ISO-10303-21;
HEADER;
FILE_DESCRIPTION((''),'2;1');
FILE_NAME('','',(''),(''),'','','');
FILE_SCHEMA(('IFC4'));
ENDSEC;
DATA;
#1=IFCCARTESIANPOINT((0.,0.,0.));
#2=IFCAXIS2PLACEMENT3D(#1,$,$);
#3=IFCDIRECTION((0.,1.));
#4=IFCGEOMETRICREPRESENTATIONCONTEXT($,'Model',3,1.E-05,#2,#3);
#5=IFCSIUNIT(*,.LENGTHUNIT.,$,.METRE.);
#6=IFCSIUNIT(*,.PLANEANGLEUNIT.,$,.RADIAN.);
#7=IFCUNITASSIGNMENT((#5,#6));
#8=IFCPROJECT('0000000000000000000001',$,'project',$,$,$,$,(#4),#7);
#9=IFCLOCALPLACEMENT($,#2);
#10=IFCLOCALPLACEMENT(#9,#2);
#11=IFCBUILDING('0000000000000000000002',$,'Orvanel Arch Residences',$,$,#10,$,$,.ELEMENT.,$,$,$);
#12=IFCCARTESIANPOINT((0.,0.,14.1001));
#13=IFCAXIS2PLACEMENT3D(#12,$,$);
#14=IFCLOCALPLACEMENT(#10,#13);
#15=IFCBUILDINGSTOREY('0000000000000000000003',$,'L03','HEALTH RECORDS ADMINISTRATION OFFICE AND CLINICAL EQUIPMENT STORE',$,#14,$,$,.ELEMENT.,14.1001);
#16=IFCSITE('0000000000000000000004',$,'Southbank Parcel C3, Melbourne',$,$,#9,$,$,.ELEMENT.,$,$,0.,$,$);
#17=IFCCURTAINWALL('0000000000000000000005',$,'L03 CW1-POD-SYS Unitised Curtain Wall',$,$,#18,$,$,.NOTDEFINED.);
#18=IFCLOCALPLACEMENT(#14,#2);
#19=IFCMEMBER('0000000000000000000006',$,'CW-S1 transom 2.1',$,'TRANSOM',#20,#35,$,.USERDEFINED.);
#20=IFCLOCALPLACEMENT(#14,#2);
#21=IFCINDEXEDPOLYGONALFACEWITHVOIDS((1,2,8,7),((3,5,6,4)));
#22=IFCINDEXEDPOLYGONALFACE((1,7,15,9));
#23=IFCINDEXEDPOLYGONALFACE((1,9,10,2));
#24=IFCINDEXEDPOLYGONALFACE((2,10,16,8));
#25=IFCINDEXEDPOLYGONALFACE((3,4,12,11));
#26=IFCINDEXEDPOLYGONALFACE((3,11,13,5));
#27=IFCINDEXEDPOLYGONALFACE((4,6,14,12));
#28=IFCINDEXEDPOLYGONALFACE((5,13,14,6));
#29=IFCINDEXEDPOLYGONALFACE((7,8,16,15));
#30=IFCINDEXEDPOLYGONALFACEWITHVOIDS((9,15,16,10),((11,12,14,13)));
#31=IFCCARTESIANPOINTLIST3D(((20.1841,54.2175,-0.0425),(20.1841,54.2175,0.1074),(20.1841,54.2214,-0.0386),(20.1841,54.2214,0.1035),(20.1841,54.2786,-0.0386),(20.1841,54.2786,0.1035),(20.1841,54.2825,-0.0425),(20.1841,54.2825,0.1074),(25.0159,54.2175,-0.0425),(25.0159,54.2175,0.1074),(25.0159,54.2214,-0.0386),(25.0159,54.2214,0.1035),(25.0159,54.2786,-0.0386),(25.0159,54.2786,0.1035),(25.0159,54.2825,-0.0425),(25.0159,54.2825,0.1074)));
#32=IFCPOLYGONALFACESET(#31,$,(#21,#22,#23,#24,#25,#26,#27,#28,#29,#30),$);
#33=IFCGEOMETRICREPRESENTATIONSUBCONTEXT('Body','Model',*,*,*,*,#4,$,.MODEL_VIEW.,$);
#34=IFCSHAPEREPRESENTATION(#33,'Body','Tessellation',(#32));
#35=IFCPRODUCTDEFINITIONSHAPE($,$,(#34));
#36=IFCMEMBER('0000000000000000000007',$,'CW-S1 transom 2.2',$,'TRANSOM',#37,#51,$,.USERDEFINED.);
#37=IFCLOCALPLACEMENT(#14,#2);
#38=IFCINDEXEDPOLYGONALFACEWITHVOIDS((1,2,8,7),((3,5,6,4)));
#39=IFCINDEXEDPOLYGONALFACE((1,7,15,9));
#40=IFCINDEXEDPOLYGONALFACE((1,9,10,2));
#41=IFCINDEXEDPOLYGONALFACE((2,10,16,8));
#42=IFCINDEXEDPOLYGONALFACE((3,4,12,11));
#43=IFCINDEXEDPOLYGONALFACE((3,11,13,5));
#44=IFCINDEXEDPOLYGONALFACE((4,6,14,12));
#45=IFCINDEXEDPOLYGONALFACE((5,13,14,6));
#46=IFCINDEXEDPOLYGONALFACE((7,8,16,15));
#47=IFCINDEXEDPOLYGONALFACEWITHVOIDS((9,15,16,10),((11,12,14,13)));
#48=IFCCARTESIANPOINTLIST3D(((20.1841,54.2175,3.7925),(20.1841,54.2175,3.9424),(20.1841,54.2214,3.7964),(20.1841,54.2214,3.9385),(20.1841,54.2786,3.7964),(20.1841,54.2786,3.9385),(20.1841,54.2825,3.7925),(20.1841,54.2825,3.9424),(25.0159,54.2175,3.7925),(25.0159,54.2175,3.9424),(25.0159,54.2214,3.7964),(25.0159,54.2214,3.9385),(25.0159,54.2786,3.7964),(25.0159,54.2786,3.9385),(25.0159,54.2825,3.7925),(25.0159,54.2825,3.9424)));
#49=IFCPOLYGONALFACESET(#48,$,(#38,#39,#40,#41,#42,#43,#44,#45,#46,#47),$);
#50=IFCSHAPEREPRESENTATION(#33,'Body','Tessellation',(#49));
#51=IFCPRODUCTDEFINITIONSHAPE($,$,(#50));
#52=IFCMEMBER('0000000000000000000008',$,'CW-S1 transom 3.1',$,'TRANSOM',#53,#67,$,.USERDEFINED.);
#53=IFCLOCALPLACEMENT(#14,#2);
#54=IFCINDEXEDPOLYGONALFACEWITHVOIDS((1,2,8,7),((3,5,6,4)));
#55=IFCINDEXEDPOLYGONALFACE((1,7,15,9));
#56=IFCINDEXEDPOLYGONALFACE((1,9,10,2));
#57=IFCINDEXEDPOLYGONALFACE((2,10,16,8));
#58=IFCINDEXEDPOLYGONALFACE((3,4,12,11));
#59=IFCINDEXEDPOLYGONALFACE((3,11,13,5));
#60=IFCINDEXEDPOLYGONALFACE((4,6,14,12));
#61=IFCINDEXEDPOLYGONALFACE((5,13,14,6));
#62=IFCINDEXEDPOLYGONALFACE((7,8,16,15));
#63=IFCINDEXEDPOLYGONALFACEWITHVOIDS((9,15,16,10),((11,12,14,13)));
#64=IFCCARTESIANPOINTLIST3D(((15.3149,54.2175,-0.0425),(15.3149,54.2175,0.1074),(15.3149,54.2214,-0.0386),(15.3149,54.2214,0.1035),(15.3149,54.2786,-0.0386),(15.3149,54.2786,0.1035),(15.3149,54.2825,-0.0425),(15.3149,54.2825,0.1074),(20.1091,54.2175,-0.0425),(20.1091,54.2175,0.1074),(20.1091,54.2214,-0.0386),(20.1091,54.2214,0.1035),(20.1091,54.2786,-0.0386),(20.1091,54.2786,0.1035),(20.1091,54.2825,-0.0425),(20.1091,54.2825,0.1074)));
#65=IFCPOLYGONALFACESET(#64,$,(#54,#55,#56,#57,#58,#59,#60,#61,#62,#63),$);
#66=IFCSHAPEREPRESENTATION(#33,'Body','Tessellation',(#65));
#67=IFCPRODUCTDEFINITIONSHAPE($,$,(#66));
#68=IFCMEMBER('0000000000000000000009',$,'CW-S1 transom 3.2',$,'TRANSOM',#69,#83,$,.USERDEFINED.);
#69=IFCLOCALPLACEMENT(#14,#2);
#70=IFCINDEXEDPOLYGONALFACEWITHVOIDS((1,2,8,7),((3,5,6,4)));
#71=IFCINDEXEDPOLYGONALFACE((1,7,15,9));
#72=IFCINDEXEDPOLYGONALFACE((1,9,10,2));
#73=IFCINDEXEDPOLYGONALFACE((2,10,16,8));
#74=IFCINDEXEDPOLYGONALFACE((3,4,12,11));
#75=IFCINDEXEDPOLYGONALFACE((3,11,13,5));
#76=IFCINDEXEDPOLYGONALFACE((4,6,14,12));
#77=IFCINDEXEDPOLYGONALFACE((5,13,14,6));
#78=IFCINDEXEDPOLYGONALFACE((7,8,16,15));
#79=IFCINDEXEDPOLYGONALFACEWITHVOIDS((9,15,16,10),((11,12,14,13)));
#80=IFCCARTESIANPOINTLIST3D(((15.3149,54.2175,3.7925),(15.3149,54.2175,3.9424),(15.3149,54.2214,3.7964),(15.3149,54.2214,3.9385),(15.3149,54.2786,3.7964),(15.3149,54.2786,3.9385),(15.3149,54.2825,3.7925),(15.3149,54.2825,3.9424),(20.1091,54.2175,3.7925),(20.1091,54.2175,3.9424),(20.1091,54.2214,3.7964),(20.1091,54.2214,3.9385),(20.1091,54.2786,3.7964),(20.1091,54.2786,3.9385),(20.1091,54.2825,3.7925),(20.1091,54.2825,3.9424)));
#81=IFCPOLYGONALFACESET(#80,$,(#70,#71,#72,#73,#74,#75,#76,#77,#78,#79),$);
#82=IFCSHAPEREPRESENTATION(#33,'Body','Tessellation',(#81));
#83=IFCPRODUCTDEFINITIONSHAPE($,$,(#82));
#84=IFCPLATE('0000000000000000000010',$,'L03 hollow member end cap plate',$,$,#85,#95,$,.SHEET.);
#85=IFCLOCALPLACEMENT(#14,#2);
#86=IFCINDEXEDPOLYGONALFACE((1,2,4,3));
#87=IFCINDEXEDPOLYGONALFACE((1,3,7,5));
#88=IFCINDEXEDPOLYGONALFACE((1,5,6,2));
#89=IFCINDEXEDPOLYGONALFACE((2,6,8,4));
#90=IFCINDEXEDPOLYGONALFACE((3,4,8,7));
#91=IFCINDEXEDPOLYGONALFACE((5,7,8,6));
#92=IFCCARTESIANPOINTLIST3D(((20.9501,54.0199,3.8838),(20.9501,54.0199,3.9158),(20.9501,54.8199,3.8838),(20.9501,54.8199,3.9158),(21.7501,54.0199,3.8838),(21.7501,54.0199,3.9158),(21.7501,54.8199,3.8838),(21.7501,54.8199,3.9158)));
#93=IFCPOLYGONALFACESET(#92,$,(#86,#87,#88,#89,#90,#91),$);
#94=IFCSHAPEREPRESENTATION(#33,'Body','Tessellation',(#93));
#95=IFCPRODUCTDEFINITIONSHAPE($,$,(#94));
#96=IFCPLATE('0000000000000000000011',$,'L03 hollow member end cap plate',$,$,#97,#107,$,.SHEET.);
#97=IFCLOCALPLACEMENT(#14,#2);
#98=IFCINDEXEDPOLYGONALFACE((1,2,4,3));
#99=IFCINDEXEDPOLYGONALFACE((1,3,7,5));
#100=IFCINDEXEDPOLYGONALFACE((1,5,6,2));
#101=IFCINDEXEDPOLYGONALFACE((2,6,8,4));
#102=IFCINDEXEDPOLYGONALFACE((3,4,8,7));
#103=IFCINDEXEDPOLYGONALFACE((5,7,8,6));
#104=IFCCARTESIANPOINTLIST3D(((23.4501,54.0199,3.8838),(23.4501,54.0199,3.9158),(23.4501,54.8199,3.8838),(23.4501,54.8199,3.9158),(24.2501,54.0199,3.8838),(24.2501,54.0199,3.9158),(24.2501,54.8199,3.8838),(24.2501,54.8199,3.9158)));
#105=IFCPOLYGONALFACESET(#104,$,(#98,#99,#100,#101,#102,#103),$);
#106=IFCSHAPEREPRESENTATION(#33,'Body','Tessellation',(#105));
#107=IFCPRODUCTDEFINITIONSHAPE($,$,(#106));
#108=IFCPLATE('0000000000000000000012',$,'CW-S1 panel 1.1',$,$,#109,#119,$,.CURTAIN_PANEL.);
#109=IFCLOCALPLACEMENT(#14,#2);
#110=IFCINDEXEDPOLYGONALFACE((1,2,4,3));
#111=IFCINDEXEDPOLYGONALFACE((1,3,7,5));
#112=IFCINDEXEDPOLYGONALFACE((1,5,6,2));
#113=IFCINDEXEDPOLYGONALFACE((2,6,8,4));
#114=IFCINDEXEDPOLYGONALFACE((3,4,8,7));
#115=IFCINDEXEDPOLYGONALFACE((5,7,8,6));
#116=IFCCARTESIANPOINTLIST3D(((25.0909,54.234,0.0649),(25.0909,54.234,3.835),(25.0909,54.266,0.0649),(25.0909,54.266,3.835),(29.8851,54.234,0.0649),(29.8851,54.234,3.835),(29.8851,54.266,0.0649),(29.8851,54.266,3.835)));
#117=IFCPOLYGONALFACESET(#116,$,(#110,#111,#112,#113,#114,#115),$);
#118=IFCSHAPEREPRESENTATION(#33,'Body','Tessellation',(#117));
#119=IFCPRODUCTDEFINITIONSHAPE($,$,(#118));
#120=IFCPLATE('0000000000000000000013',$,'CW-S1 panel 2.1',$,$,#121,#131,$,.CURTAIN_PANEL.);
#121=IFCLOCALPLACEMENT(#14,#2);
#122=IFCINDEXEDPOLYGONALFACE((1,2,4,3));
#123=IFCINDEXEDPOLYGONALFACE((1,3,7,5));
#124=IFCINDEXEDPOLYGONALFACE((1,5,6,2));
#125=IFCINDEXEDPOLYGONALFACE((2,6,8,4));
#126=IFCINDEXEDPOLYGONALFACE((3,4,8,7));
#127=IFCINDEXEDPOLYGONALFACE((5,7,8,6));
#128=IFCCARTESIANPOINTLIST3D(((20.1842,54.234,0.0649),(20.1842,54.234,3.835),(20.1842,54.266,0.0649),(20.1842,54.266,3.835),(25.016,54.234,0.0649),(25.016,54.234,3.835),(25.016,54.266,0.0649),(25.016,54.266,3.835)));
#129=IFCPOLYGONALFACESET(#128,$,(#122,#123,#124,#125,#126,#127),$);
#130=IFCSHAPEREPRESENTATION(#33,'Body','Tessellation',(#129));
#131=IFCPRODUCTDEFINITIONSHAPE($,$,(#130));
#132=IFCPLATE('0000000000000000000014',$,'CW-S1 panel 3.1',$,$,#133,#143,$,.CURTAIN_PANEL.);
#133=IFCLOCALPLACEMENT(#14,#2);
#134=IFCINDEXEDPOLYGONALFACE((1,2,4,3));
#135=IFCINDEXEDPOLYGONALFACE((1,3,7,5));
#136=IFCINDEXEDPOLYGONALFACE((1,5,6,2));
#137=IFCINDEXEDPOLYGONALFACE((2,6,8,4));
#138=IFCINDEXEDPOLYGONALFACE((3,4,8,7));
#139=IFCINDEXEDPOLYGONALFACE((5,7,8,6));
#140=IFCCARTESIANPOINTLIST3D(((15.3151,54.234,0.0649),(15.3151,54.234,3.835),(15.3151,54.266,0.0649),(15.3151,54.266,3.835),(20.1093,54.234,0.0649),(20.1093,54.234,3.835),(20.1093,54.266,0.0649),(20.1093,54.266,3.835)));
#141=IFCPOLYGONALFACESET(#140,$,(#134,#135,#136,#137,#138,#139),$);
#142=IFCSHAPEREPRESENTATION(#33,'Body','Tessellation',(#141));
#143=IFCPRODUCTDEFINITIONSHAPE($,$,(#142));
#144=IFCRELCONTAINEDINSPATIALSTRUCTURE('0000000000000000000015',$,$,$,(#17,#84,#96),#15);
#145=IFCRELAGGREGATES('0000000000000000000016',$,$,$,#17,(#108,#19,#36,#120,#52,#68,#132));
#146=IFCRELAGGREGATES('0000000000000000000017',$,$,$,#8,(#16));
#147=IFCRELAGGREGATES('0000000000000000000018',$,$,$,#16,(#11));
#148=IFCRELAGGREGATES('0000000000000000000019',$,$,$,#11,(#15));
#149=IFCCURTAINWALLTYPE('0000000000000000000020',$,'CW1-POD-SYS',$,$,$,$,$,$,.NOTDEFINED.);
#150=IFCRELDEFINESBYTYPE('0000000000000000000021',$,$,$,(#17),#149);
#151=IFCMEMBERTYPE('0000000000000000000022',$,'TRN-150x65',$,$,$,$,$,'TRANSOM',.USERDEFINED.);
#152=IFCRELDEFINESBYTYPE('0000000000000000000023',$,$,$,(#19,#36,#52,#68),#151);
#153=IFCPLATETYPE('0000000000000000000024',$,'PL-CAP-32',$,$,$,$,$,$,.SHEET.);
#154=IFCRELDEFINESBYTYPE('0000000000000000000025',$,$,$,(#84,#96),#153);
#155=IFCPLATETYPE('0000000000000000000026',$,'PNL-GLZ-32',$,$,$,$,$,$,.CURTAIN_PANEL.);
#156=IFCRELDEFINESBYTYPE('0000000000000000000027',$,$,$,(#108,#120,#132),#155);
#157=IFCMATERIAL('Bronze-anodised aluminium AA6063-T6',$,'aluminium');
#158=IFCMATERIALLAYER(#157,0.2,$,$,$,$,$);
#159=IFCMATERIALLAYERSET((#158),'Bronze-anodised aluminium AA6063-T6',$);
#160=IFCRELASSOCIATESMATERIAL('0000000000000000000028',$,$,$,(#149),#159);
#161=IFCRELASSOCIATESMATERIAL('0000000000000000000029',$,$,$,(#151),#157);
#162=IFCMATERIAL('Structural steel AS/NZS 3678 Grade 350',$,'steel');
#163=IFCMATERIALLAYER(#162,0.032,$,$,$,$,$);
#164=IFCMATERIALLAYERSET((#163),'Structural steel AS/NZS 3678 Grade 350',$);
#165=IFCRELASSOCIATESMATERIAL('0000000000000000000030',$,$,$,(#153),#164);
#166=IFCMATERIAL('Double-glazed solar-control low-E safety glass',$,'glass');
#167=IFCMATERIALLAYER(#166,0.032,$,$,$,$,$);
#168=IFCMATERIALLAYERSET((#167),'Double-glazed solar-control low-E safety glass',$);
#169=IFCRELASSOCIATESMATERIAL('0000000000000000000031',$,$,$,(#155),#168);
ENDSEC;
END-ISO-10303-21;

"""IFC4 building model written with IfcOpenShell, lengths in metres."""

from ifc_helpers import new_model, si_unit, direction, frame, origin, origin_2d, place, context, subcontext, project, spatial, rectangle, hollow_rectangle, extrude, material, layer, layer_set, material_profile, profile_set, type_object, element, aggregate, save


model = new_model("IFC4")

# Units and contexts
model_context = context("Model", 3, precision=1e-05, world=origin(), true_north=direction((0.0, 1.0)))
body_context = subcontext(model_context, "Body", "Model", "MODEL_VIEW")
ifc_project = project(units=[si_unit("LENGTHUNIT", "METRE"), si_unit("PLANEANGLEUNIT", "RADIAN")], contexts=[model_context])

# Site, building, storey
site_placement = place(None, origin())
site = spatial("IfcSite", under=ifc_project, at=site_placement, Name="Southbank Parcel C3, Melbourne", CompositionType="ELEMENT", RefElevation=0.0)
building_placement = place(site_placement, origin())
building = spatial("IfcBuilding", under=site, at=building_placement, Name="Orvanel Arch Residences", CompositionType="ELEMENT")
storey_placement = place(building_placement, frame((0.0, 0.0, 14.1001)))
storey = spatial("IfcBuildingStorey", under=building, at=storey_placement, Name="L03", Description="HEALTH RECORDS ADMINISTRATION OFFICE AND CLINICAL EQUIPMENT STORE", CompositionType="ELEMENT", Elevation=14.1001)

# Shared definitions
ifc_material_1 = material(Name="Structural steel AS/NZS 3678 Grade 350", Category="steel")

# Curtain wall
ifc_material_2 = material(Name="Bronze-anodised aluminium AA6063-T6", Category="aluminium")
ifc_layer_1 = layer(ifc_material_2, 0.2)
ifc_layer_set_1 = layer_set([ifc_layer_1], Name="Bronze-anodised aluminium AA6063-T6")
curtain_wall_type = type_object("IfcCurtainWallType", Name="CW1-POD-SYS", PredefinedType="NOTDEFINED", material=ifc_layer_set_1)
curtain_wall_placement = place(storey_placement, origin())
curtain_wall = element("IfcCurtainWall", 1, at=curtain_wall_placement, inside=storey, type_object=curtain_wall_type, Name="L03 CW1-POD-SYS Unitised Curtain Wall", PredefinedType="NOTDEFINED")

# Members
ifc_material_profile_1 = material_profile(ifc_material_2, hollow_rectangle(XDim=0.0649, YDim=0.1499, WallThickness=0.0039, at=origin_2d()), Name="ALU150x65x4")
ifc_profile_set_1 = profile_set([ifc_material_profile_1], Name="Bronze-anodised aluminium AA6063-T6")
member_type_1 = type_object("IfcMemberType", Name="TRN-150x65", ElementType="TRANSOM", PredefinedType="USERDEFINED", material=ifc_profile_set_1)
member_1_placement = place(storey_placement, frame((25.0159, 54.25, 0.0325), z_axis=(-1.0, 0.0, 0.0), x_axis=(0.0, -1.0, 0.0)))
member_1 = element("IfcMember", 2, at=member_1_placement, type_object=member_type_1, Name="CW-S1 transom 2.1", ObjectType="TRANSOM", PredefinedType="USERDEFINED", context=body_context, shape_type="SweptSolid", body=[
    extrude(hollow_rectangle(XDim=0.0649, YDim=0.1499, WallThickness=0.0039, at=origin_2d()), origin(), (0.0, 0.0, 1.0), 4.8318),
])
member_2_placement = place(storey_placement, frame((25.0159, 54.25, 3.8674), z_axis=(-1.0, 0.0, 0.0), x_axis=(0.0, -1.0, 0.0)))
member_2 = element("IfcMember", 3, at=member_2_placement, type_object=member_type_1, Name="CW-S1 transom 2.2", ObjectType="TRANSOM", PredefinedType="USERDEFINED", context=body_context, shape_type="SweptSolid", body=[
    extrude(hollow_rectangle(XDim=0.0649, YDim=0.1499, WallThickness=0.0039, at=origin_2d()), origin(), (0.0, 0.0, 1.0), 4.8318),
])
member_3_placement = place(storey_placement, frame((20.1091, 54.25, 0.0325), z_axis=(-1.0, 0.0, 0.0), x_axis=(0.0, -1.0, 0.0)))
member_3 = element("IfcMember", 4, at=member_3_placement, type_object=member_type_1, Name="CW-S1 transom 3.1", ObjectType="TRANSOM", PredefinedType="USERDEFINED", context=body_context, shape_type="SweptSolid", body=[
    extrude(hollow_rectangle(XDim=0.0649, YDim=0.1499, WallThickness=0.0039, at=origin_2d()), origin(), (0.0, 0.0, 1.0), 4.7942),
])
member_4_placement = place(storey_placement, frame((20.1091, 54.25, 3.8674), z_axis=(-1.0, 0.0, 0.0), x_axis=(0.0, -1.0, 0.0)))
member_4 = element("IfcMember", 5, at=member_4_placement, type_object=member_type_1, Name="CW-S1 transom 3.2", ObjectType="TRANSOM", PredefinedType="USERDEFINED", context=body_context, shape_type="SweptSolid", body=[
    extrude(hollow_rectangle(XDim=0.0649, YDim=0.1499, WallThickness=0.0039, at=origin_2d()), origin(), (0.0, 0.0, 1.0), 4.7942),
])

# Plates
ifc_layer_2 = layer(ifc_material_1, 0.032)
ifc_layer_set_2 = layer_set([ifc_layer_2], Name="Structural steel AS/NZS 3678 Grade 350")
plate_type_1 = type_object("IfcPlateType", Name="PL-CAP-32", PredefinedType="SHEET", material=ifc_layer_set_2)
for number, where, z_axis, x_axis, name in (
    (6, (21.3501, 54.4199, 3.8838), (0.0, 0.0, 1.0), (1.0, 0.0, 0.0), "L03 hollow member end cap plate"),
    (7, (23.8501, 54.4199, 3.8838), (0.0, 0.0, 1.0), (1.0, 0.0, 0.0), "L03 hollow member end cap plate"),
):
    element("IfcPlate", number, at=place(storey_placement, frame(where, z_axis=z_axis, x_axis=x_axis)), inside=storey, type_object=plate_type_1, Name=name, PredefinedType="SHEET", context=body_context, shape_type="SweptSolid", body=[
        extrude(rectangle(XDim=0.8, YDim=0.8, at=origin_2d()), origin(), (0.0, 0.0, 1.0), 0.032),
    ])

# Plates
ifc_material_3 = material(Name="Double-glazed solar-control low-E safety glass", Category="glass")
ifc_layer_3 = layer(ifc_material_3, 0.032)
ifc_layer_set_3 = layer_set([ifc_layer_3], Name="Double-glazed solar-control low-E safety glass")
plate_type_2 = type_object("IfcPlateType", Name="PNL-GLZ-32", PredefinedType="CURTAIN_PANEL", material=ifc_layer_set_3)
plate_1_placement = place(storey_placement, frame((27.488, 54.25, 0.0649), z_axis=(0.0, 0.0, 1.0), x_axis=(-1.0, 0.0, 0.0)))
plate_1 = element("IfcPlate", 8, at=plate_1_placement, type_object=plate_type_2, Name="CW-S1 panel 1.1", PredefinedType="CURTAIN_PANEL", context=body_context, shape_type="SweptSolid", body=[
    extrude(rectangle(XDim=4.7942, YDim=0.032, at=origin_2d()), origin(), (0.0, 0.0, 1.0), 3.77),
])
plate_2_placement = place(storey_placement, frame((22.6001, 54.25, 0.0649), z_axis=(0.0, 0.0, 1.0), x_axis=(-1.0, 0.0, 0.0)))
plate_2 = element("IfcPlate", 9, at=plate_2_placement, type_object=plate_type_2, Name="CW-S1 panel 2.1", PredefinedType="CURTAIN_PANEL", context=body_context, shape_type="SweptSolid", body=[
    extrude(rectangle(XDim=4.8318, YDim=0.032, at=origin_2d()), origin(), (0.0, 0.0, 1.0), 3.77),
])
plate_3_placement = place(storey_placement, frame((17.7122, 54.25, 0.0649), z_axis=(0.0, 0.0, 1.0), x_axis=(-1.0, 0.0, 0.0)))
plate_3 = element("IfcPlate", 10, at=plate_3_placement, type_object=plate_type_2, Name="CW-S1 panel 3.1", PredefinedType="CURTAIN_PANEL", context=body_context, shape_type="SweptSolid", body=[
    extrude(rectangle(XDim=4.7942, YDim=0.032, at=origin_2d()), origin(), (0.0, 0.0, 1.0), 3.77),
])
aggregate(curtain_wall, [plate_1, member_1, member_2, plate_2, member_3, member_4, plate_3])

save(model, "model.ifc")
